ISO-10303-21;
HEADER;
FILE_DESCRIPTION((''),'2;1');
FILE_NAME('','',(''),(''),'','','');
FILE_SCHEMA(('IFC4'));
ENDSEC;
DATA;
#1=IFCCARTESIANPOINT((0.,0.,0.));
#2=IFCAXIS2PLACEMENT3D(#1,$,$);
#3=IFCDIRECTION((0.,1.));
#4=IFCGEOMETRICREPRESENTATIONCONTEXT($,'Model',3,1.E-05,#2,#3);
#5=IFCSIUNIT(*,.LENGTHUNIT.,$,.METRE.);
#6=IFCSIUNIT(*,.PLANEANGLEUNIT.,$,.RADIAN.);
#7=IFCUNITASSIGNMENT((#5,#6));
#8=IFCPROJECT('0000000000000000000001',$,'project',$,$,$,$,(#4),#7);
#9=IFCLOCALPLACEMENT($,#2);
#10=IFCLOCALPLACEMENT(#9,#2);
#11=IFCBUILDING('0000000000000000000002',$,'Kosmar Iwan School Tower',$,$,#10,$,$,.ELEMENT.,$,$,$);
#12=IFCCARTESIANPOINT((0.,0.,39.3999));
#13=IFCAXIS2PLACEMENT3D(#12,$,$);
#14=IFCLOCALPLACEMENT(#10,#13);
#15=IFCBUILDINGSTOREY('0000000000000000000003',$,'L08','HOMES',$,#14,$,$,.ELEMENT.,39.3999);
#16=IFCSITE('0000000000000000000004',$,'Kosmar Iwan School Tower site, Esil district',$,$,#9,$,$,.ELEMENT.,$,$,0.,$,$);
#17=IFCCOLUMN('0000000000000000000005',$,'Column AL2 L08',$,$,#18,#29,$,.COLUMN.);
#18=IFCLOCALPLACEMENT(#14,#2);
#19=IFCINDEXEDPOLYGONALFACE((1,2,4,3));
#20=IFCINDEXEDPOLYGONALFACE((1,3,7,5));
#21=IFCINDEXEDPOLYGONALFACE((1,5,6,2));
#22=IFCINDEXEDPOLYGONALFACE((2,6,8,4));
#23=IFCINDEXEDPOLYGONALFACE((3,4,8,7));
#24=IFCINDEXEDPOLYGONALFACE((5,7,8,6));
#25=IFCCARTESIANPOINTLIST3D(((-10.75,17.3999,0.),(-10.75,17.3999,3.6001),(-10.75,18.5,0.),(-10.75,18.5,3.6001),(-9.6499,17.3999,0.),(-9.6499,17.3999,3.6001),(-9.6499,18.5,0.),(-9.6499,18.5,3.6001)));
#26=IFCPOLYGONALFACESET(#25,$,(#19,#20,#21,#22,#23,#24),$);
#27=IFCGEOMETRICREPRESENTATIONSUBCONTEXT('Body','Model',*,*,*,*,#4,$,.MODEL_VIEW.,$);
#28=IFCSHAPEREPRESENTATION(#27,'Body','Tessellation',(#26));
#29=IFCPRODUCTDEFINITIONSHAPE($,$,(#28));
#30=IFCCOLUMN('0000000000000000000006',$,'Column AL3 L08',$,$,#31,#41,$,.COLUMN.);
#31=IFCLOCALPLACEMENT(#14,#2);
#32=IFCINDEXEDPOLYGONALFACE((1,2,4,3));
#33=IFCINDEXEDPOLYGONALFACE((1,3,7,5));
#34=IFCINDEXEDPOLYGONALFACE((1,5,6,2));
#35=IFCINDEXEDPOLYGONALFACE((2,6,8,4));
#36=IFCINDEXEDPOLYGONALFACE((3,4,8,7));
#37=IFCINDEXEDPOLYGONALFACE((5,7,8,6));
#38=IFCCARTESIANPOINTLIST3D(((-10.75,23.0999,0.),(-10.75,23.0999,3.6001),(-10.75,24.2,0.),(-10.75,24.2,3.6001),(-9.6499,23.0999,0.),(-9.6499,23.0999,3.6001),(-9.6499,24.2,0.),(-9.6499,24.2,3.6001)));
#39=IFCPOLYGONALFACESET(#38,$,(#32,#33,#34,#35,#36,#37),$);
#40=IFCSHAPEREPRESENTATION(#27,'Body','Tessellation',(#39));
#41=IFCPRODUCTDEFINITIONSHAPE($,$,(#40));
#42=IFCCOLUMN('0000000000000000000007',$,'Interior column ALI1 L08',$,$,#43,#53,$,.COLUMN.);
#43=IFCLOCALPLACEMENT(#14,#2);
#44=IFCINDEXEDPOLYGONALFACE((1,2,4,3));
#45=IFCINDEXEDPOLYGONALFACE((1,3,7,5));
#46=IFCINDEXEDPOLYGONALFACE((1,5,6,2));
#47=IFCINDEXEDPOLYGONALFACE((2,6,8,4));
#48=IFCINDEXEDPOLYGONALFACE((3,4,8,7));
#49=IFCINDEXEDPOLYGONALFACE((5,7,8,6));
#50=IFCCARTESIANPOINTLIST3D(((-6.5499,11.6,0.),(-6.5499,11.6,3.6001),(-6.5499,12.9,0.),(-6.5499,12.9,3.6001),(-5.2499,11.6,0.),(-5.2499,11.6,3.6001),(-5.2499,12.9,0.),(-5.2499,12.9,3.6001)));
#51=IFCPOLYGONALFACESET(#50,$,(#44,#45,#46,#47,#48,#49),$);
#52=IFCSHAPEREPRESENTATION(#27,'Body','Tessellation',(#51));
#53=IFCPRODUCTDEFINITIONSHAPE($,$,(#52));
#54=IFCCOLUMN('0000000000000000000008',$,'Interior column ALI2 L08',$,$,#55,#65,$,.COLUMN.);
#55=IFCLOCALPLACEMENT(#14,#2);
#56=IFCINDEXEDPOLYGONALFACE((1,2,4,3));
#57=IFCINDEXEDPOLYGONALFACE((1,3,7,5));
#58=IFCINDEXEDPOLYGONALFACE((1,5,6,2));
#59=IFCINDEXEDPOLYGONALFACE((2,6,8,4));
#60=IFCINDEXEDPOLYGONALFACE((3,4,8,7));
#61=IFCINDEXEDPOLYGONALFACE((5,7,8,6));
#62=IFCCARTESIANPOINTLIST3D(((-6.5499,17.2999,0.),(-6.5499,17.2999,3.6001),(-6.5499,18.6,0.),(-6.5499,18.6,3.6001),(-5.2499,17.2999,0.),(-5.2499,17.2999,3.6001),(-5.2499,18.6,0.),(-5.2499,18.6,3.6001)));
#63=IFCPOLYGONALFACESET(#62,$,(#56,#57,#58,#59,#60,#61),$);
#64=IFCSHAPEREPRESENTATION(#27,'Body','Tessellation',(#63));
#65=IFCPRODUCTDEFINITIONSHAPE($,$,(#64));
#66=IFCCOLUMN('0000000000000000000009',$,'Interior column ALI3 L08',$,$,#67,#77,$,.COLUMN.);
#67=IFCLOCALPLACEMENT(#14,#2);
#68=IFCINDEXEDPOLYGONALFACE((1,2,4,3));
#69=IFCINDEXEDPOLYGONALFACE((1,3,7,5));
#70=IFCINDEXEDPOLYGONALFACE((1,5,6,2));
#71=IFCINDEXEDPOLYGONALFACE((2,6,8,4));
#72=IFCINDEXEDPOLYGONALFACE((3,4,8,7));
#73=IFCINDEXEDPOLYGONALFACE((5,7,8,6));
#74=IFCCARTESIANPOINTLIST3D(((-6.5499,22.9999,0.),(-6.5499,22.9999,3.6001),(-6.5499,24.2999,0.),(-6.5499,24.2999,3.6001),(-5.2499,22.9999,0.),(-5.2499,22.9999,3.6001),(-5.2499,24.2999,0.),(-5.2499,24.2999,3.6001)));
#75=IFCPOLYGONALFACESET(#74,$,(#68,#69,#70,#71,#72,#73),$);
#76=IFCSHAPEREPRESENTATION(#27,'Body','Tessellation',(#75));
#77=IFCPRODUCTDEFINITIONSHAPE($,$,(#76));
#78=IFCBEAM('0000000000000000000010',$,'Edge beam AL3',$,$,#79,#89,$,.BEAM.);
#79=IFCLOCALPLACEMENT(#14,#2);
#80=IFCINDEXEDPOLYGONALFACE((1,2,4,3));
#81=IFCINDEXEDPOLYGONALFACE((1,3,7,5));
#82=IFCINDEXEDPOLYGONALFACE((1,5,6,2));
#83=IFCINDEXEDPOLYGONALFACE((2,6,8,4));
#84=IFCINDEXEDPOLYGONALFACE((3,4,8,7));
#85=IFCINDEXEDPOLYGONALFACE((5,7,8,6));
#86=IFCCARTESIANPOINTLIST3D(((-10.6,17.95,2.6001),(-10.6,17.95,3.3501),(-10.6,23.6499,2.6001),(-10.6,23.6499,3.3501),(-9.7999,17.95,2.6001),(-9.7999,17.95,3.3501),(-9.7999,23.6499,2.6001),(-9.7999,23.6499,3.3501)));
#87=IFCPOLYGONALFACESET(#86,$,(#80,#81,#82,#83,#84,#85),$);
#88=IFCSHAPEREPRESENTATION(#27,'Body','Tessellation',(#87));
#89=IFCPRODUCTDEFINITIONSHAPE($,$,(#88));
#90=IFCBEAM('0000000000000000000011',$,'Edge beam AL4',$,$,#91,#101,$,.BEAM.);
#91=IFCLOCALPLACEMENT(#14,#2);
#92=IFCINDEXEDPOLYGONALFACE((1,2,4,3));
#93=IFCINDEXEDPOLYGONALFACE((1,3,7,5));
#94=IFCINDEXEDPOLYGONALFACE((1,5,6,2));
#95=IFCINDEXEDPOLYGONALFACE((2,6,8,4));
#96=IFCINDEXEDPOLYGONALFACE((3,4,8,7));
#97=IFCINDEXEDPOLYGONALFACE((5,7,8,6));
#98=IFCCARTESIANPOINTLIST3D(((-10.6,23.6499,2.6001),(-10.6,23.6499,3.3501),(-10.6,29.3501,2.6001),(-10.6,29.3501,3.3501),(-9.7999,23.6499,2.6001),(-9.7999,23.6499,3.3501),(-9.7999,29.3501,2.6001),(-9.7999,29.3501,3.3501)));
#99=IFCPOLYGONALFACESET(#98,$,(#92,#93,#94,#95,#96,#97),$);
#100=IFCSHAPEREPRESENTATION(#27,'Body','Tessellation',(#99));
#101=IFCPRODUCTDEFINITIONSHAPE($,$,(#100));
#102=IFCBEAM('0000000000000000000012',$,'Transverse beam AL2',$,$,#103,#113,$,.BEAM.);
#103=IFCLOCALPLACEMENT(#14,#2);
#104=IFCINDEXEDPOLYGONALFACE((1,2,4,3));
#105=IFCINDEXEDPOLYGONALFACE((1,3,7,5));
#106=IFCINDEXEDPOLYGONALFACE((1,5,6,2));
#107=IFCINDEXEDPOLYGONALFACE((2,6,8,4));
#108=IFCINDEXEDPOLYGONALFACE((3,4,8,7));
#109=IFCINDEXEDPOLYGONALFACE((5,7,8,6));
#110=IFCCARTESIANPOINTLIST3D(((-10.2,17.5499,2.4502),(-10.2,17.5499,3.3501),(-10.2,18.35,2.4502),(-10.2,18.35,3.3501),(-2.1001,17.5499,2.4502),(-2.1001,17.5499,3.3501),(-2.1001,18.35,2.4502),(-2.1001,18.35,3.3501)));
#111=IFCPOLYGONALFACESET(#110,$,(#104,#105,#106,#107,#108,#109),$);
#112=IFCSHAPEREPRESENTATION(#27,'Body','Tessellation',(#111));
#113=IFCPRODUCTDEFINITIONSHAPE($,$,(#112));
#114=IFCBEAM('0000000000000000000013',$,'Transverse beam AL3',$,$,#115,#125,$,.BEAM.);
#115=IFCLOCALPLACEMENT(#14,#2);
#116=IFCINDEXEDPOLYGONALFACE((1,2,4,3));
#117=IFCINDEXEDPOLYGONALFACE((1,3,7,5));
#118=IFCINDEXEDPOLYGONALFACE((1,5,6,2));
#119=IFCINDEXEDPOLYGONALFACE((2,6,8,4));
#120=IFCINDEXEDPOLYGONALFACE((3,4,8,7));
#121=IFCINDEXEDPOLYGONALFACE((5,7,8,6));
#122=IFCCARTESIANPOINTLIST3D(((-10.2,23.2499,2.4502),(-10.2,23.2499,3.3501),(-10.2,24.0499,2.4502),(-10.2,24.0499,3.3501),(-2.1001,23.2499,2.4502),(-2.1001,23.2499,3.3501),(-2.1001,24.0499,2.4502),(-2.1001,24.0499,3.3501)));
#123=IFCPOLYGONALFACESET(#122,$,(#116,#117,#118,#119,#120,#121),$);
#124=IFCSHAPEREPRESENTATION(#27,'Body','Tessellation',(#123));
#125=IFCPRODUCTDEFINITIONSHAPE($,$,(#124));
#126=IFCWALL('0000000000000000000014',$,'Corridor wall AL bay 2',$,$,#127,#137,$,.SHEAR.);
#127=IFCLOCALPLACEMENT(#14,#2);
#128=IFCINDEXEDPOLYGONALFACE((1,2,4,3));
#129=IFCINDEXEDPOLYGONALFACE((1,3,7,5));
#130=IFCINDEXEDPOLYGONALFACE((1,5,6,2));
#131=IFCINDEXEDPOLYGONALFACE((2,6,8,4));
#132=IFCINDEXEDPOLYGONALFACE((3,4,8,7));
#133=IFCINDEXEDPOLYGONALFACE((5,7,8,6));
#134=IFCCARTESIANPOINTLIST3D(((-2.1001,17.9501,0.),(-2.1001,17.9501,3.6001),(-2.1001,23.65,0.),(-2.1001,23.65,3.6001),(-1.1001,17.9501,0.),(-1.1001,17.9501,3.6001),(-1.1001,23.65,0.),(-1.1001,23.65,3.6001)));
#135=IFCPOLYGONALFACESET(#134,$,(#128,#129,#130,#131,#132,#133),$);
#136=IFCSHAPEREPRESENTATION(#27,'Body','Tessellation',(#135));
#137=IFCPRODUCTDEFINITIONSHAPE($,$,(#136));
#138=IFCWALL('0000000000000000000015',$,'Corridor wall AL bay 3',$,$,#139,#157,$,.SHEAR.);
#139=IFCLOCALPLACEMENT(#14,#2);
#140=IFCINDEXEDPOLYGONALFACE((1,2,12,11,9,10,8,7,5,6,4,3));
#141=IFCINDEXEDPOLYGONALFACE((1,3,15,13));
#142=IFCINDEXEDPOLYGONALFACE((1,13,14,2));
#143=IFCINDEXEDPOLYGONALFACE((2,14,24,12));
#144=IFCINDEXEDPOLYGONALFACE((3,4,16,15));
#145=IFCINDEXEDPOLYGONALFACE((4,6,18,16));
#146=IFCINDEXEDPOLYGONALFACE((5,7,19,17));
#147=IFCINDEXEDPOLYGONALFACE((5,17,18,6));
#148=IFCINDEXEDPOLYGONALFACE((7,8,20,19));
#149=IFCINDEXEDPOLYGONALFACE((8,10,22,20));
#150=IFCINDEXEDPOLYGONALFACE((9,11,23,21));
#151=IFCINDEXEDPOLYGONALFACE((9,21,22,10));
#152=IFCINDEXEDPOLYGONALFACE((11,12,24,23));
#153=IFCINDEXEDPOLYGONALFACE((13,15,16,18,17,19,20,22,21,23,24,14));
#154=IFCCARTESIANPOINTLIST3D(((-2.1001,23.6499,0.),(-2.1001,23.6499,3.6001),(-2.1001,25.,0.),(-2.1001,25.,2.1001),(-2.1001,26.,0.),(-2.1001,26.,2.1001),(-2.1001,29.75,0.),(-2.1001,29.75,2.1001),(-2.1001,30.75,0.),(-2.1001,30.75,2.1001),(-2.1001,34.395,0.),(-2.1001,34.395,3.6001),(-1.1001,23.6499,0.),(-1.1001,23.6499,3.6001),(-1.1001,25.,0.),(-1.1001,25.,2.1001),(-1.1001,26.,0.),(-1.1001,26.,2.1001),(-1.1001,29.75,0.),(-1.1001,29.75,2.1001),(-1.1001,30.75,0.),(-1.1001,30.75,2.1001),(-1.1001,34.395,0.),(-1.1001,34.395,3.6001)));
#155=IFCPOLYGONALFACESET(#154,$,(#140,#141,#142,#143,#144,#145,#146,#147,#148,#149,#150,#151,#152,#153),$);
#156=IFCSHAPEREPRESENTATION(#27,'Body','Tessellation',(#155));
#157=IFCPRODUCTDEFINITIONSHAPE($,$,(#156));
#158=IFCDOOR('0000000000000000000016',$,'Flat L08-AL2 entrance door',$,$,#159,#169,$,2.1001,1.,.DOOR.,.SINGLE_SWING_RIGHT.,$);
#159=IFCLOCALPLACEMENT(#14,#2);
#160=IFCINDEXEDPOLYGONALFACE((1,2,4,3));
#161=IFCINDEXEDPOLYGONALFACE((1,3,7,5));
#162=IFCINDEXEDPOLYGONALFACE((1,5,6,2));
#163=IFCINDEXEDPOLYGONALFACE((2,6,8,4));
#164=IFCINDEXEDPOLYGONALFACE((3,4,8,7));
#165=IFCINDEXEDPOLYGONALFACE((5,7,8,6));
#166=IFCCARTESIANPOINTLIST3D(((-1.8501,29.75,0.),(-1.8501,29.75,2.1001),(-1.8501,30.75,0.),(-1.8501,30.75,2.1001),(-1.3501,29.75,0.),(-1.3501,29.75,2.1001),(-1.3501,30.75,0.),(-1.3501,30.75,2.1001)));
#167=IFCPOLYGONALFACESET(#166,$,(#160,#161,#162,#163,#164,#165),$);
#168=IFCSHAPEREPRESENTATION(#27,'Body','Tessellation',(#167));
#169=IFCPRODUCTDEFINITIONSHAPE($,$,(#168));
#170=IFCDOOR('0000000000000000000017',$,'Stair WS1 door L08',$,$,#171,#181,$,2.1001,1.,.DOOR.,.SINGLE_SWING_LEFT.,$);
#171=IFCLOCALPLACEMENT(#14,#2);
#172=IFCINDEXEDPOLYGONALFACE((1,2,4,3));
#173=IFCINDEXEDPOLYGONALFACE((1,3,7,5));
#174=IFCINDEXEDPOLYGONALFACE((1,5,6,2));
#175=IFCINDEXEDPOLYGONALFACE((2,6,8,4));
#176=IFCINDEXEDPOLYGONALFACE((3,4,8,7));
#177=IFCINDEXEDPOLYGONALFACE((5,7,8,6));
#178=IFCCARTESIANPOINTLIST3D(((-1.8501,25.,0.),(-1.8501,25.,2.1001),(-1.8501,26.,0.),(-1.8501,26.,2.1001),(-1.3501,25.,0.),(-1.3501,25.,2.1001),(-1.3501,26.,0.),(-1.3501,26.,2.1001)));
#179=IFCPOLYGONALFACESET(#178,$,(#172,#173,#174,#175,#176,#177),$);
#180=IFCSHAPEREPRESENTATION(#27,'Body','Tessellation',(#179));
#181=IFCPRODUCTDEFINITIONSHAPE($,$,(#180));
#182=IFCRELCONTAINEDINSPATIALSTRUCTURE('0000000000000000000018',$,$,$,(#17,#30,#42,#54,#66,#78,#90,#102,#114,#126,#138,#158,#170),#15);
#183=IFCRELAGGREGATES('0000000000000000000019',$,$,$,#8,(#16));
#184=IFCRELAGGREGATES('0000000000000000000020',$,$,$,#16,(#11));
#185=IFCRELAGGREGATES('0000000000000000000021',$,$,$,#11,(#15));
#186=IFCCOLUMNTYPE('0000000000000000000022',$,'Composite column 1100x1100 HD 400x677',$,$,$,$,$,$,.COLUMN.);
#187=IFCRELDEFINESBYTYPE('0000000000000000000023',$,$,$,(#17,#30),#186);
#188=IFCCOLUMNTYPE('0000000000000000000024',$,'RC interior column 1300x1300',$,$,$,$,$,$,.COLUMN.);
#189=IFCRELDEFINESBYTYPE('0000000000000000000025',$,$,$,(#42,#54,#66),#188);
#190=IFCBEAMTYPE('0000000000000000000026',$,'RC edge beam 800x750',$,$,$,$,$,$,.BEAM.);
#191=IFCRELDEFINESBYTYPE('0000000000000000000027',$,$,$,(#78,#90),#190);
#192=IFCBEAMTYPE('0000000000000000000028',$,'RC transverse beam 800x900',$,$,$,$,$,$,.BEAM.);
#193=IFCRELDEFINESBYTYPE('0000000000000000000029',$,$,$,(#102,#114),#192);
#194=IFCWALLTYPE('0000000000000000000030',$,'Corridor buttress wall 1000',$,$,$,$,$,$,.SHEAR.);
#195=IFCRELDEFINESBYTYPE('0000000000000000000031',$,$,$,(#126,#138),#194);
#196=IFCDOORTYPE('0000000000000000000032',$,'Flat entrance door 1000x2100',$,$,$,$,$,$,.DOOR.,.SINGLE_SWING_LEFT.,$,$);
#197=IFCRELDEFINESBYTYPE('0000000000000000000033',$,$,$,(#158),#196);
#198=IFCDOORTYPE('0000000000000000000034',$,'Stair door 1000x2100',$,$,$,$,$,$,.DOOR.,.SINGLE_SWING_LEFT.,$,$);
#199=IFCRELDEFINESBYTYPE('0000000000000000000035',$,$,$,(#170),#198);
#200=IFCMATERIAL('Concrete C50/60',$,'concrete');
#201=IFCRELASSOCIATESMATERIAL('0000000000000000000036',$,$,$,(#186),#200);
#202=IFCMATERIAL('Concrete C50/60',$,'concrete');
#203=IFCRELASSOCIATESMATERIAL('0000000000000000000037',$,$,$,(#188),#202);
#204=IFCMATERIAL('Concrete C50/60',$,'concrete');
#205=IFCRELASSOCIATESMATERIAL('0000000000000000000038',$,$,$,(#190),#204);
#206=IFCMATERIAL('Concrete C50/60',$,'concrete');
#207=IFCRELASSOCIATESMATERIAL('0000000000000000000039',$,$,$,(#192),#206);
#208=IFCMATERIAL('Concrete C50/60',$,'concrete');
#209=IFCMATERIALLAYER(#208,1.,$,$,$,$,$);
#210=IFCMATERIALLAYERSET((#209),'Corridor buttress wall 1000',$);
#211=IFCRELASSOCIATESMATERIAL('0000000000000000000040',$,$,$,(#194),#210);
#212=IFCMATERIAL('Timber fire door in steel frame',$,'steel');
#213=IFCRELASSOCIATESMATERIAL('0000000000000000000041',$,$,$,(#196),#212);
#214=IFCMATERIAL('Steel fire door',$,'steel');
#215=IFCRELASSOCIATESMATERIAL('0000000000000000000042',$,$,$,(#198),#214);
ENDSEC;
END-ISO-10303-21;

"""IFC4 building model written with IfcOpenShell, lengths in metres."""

from ifc_helpers import new_model, si_unit, direction, frame, frame_2d, origin, origin_2d, place, context, subcontext, project, spatial, rectangle, extrude, material, layer, layer_set, material_profile, profile_set, type_object, element, fill, save


model = new_model("IFC4")

# Units and contexts
model_context = context("Model", 3, precision=1e-05, world=origin(), true_north=direction((0.0, 1.0)))
body_context = subcontext(model_context, "Body", "Model", "MODEL_VIEW")
ifc_project = project(units=[si_unit("LENGTHUNIT", "METRE"), si_unit("PLANEANGLEUNIT", "RADIAN")], contexts=[model_context])

# Site, building, storey
site_placement = place(None, origin())
site = spatial("IfcSite", under=ifc_project, at=site_placement, Name="Kosmar Iwan School Tower site, Esil district", CompositionType="ELEMENT", RefElevation=0.0)
building_placement = place(site_placement, origin())
building = spatial("IfcBuilding", under=site, at=building_placement, Name="Kosmar Iwan School Tower", CompositionType="ELEMENT")
storey_placement = place(building_placement, frame((0.0, 0.0, 39.3999)))
storey = spatial("IfcBuildingStorey", under=building, at=storey_placement, Name="L08", Description="HOMES", CompositionType="ELEMENT", Elevation=39.3999)

# Columns
ifc_material_1 = material(Name="Concrete C50/60", Category="concrete")
ifc_material_profile_1 = material_profile(ifc_material_1, rectangle(XDim=1.1001, YDim=1.1001, at=origin_2d()), Name="RC 1100x1100 + HD 400x677")
ifc_profile_set_1 = profile_set([ifc_material_profile_1], Name="Concrete C50/60")
column_type_1 = type_object("IfcColumnType", Name="Composite column 1100x1100 HD 400x677", PredefinedType="COLUMN", material=ifc_profile_set_1)
for number, where, z_axis, x_axis, name in (
    (1, (-10.2, 17.95, 0.0), (0.0, 0.0, 1.0), (0.0, 1.0, 0.0), "Column AL2 L08"),
    (2, (-10.2, 23.6499, 0.0), (0.0, 0.0, 1.0), (0.0, 1.0, 0.0), "Column AL3 L08"),
):
    element("IfcColumn", number, at=place(storey_placement, frame(where, z_axis=z_axis, x_axis=x_axis)), inside=storey, type_object=column_type_1, Name=name, PredefinedType="COLUMN", context=body_context, shape_type="SweptSolid", body=[
        extrude(rectangle(XDim=1.1001, YDim=1.1001, at=origin_2d()), origin(), (0.0, 0.0, 1.0), 3.6001),
    ])
ifc_material_2 = material(Name="Concrete C50/60", Category="concrete")
ifc_material_profile_2 = material_profile(ifc_material_2, rectangle(XDim=1.3, YDim=1.3, at=origin_2d()), Name="RC 1300x1300")
ifc_profile_set_2 = profile_set([ifc_material_profile_2], Name="Concrete C50/60")
column_type_2 = type_object("IfcColumnType", Name="RC interior column 1300x1300", PredefinedType="COLUMN", material=ifc_profile_set_2)
for number, where, z_axis, x_axis, name in (
    (3, (-5.8999, 12.25, 0.0), (0.0, 0.0, 1.0), (0.0, 1.0, 0.0), "Interior column ALI1 L08"),
    (4, (-5.8999, 17.95, 0.0), (0.0, 0.0, 1.0), (0.0, 1.0, 0.0), "Interior column ALI2 L08"),
    (5, (-5.8999, 23.6499, 0.0), (0.0, 0.0, 1.0), (0.0, 1.0, 0.0), "Interior column ALI3 L08"),
):
    element("IfcColumn", number, at=place(storey_placement, frame(where, z_axis=z_axis, x_axis=x_axis)), inside=storey, type_object=column_type_2, Name=name, PredefinedType="COLUMN", context=body_context, shape_type="SweptSolid", body=[
        extrude(rectangle(XDim=1.3, YDim=1.3, at=origin_2d()), origin(), (0.0, 0.0, 1.0), 3.6001),
    ])

# Beams
ifc_material_3 = material(Name="Concrete C50/60", Category="concrete")
ifc_material_profile_3 = material_profile(ifc_material_3, rectangle(XDim=0.8, YDim=0.75, at=origin_2d()), Name="RC 800x750")
ifc_profile_set_3 = profile_set([ifc_material_profile_3], Name="Concrete C50/60")
beam_type_1 = type_object("IfcBeamType", Name="RC edge beam 800x750", PredefinedType="BEAM", material=ifc_profile_set_3)
beam_1_placement = place(storey_placement, frame((-10.2, 17.95, 2.9751), z_axis=(0.0, 1.0, 0.0), x_axis=(-1.0, 0.0, 0.0)))
element("IfcBeam", 6, at=beam_1_placement, inside=storey, type_object=beam_type_1, Name="Edge beam AL3", PredefinedType="BEAM", context=body_context, shape_type="SweptSolid", body=[
    extrude(rectangle(XDim=0.8, YDim=0.75, at=origin_2d()), origin(), (0.0, 0.0, 1.0), 5.7),
])
beam_2_placement = place(storey_placement, frame((-10.2, 23.6499, 2.9751), z_axis=(0.0, 1.0, 0.0), x_axis=(-1.0, 0.0, 0.0)))
element("IfcBeam", 7, at=beam_2_placement, inside=storey, type_object=beam_type_1, Name="Edge beam AL4", PredefinedType="BEAM", context=body_context, shape_type="SweptSolid", body=[
    extrude(rectangle(XDim=0.8, YDim=0.75, at=origin_2d()), origin(), (0.0, 0.0, 1.0), 5.7002),
])
ifc_material_4 = material(Name="Concrete C50/60", Category="concrete")
ifc_material_profile_4 = material_profile(ifc_material_4, rectangle(XDim=0.8, YDim=0.8999, at=origin_2d()), Name="RC 800x900")
ifc_profile_set_4 = profile_set([ifc_material_profile_4], Name="Concrete C50/60")
beam_type_2 = type_object("IfcBeamType", Name="RC transverse beam 800x900", PredefinedType="BEAM", material=ifc_profile_set_4)
for number, where, z_axis, x_axis, name in (
    (8, (-10.2, 17.95, 2.9001), (1.0, 0.0, 0.0), (0.0, 1.0, 0.0), "Transverse beam AL2"),
    (9, (-10.2, 23.6499, 2.9001), (1.0, 0.0, 0.0), (0.0, 1.0, 0.0), "Transverse beam AL3"),
):
    element("IfcBeam", number, at=place(storey_placement, frame(where, z_axis=z_axis, x_axis=x_axis)), inside=storey, type_object=beam_type_2, Name=name, PredefinedType="BEAM", context=body_context, shape_type="SweptSolid", body=[
        extrude(rectangle(XDim=0.8, YDim=0.8999, at=origin_2d()), origin(), (0.0, 0.0, 1.0), 8.0999),
    ])

# Wall
ifc_material_5 = material(Name="Concrete C50/60", Category="concrete")
ifc_layer_1 = layer(ifc_material_5, 1.0)
ifc_layer_set_1 = layer_set([ifc_layer_1], Name="Corridor buttress wall 1000")
wall_type_1 = type_object("IfcWallType", Name="Corridor buttress wall 1000", PredefinedType="SHEAR", material=ifc_layer_set_1)
wall_1_placement = place(storey_placement, frame((-1.6001, 17.95, 0.0), z_axis=(0.0, 0.0, 1.0), x_axis=(0.0, 1.0, 0.0)))
element("IfcWall", 10, at=wall_1_placement, inside=storey, type_object=wall_type_1, Name="Corridor wall AL bay 2", PredefinedType="SHEAR", context=body_context, shape_type="SweptSolid", body=[
    extrude(rectangle(XDim=5.7, YDim=1.0, at=frame_2d((2.8501, 0.0))), origin(), (0.0, 0.0, 1.0), 3.6001),
])

# Wall, openings, doors
wall_2_placement = place(storey_placement, frame((-1.6001, 23.6499, 0.0), z_axis=(0.0, 0.0, 1.0), x_axis=(0.0, 1.0, 0.0)))
wall_2 = element("IfcWall", 11, at=wall_2_placement, inside=storey, type_object=wall_type_1, Name="Corridor wall AL bay 3", PredefinedType="SHEAR", context=body_context, shape_type="SweptSolid", body=[
    extrude(rectangle(XDim=10.7451, YDim=1.0, at=frame_2d((5.3726, 0.0))), origin(), (0.0, 0.0, 1.0), 3.6001),
])
opening_1_placement = place(wall_2_placement, frame((6.1001, 0.0, 0.0)))
opening_1 = element("IfcOpeningElement", 12, at=opening_1_placement, cuts=wall_2, PredefinedType="OPENING", context=body_context, shape_type="SweptSolid", body=[
    extrude(rectangle(XDim=1.0, YDim=2.1001, at=frame_2d((0.5, 1.05))), frame((0.0, 0.512, 0.0), z_axis=(0.0, -1.0, 0.0), x_axis=(1.0, 0.0, 0.0)), (0.0, 0.0, 1.0), 1.0239),
])
opening_2_placement = place(wall_2_placement, frame((1.3501, 0.0, 0.0)))
opening_2 = element("IfcOpeningElement", 13, at=opening_2_placement, cuts=wall_2, PredefinedType="OPENING", context=body_context, shape_type="SweptSolid", body=[
    extrude(rectangle(XDim=1.0, YDim=2.1001, at=frame_2d((0.5, 1.05))), frame((0.0, 0.512, 0.0), z_axis=(0.0, -1.0, 0.0), x_axis=(1.0, 0.0, 0.0)), (0.0, 0.0, 1.0), 1.0239),
])
ifc_material_6 = material(Name="Timber fire door in steel frame", Category="steel")
door_type_1 = type_object("IfcDoorType", Name="Flat entrance door 1000x2100", OperationType="SINGLE_SWING_LEFT", PredefinedType="DOOR", material=ifc_material_6)
door_1_placement = place(opening_1_placement, origin())
door_1 = element("IfcDoor", 14, at=door_1_placement, inside=storey, type_object=door_type_1, Name="Flat L08-AL2 entrance door", OperationType="SINGLE_SWING_RIGHT", OverallHeight=2.1001, OverallWidth=1.0, PredefinedType="DOOR", context=body_context, shape_type="SweptSolid", body=[
    extrude(rectangle(XDim=1.0, YDim=2.1001, at=frame_2d((0.5, 1.05))), frame((0.0, 0.25, 0.0), z_axis=(0.0, -1.0, 0.0), x_axis=(1.0, 0.0, 0.0)), (0.0, 0.0, 1.0), 0.5),
])
fill(opening_1, door_1)
ifc_material_7 = material(Name="Steel fire door", Category="steel")
door_type_2 = type_object("IfcDoorType", Name="Stair door 1000x2100", OperationType="SINGLE_SWING_LEFT", PredefinedType="DOOR", material=ifc_material_7)
door_2_placement = place(opening_2_placement, origin())
door_2 = element("IfcDoor", 15, at=door_2_placement, inside=storey, type_object=door_type_2, Name="Stair WS1 door L08", OperationType="SINGLE_SWING_LEFT", OverallHeight=2.1001, OverallWidth=1.0, PredefinedType="DOOR", context=body_context, shape_type="SweptSolid", body=[
    extrude(rectangle(XDim=1.0, YDim=2.1001, at=frame_2d((0.5, 1.05))), frame((0.0, 0.25, 0.0), z_axis=(0.0, -1.0, 0.0), x_axis=(1.0, 0.0, 0.0)), (0.0, 0.0, 1.0), 0.5),
])
fill(opening_2, door_2)

save(model, "model.ifc")
